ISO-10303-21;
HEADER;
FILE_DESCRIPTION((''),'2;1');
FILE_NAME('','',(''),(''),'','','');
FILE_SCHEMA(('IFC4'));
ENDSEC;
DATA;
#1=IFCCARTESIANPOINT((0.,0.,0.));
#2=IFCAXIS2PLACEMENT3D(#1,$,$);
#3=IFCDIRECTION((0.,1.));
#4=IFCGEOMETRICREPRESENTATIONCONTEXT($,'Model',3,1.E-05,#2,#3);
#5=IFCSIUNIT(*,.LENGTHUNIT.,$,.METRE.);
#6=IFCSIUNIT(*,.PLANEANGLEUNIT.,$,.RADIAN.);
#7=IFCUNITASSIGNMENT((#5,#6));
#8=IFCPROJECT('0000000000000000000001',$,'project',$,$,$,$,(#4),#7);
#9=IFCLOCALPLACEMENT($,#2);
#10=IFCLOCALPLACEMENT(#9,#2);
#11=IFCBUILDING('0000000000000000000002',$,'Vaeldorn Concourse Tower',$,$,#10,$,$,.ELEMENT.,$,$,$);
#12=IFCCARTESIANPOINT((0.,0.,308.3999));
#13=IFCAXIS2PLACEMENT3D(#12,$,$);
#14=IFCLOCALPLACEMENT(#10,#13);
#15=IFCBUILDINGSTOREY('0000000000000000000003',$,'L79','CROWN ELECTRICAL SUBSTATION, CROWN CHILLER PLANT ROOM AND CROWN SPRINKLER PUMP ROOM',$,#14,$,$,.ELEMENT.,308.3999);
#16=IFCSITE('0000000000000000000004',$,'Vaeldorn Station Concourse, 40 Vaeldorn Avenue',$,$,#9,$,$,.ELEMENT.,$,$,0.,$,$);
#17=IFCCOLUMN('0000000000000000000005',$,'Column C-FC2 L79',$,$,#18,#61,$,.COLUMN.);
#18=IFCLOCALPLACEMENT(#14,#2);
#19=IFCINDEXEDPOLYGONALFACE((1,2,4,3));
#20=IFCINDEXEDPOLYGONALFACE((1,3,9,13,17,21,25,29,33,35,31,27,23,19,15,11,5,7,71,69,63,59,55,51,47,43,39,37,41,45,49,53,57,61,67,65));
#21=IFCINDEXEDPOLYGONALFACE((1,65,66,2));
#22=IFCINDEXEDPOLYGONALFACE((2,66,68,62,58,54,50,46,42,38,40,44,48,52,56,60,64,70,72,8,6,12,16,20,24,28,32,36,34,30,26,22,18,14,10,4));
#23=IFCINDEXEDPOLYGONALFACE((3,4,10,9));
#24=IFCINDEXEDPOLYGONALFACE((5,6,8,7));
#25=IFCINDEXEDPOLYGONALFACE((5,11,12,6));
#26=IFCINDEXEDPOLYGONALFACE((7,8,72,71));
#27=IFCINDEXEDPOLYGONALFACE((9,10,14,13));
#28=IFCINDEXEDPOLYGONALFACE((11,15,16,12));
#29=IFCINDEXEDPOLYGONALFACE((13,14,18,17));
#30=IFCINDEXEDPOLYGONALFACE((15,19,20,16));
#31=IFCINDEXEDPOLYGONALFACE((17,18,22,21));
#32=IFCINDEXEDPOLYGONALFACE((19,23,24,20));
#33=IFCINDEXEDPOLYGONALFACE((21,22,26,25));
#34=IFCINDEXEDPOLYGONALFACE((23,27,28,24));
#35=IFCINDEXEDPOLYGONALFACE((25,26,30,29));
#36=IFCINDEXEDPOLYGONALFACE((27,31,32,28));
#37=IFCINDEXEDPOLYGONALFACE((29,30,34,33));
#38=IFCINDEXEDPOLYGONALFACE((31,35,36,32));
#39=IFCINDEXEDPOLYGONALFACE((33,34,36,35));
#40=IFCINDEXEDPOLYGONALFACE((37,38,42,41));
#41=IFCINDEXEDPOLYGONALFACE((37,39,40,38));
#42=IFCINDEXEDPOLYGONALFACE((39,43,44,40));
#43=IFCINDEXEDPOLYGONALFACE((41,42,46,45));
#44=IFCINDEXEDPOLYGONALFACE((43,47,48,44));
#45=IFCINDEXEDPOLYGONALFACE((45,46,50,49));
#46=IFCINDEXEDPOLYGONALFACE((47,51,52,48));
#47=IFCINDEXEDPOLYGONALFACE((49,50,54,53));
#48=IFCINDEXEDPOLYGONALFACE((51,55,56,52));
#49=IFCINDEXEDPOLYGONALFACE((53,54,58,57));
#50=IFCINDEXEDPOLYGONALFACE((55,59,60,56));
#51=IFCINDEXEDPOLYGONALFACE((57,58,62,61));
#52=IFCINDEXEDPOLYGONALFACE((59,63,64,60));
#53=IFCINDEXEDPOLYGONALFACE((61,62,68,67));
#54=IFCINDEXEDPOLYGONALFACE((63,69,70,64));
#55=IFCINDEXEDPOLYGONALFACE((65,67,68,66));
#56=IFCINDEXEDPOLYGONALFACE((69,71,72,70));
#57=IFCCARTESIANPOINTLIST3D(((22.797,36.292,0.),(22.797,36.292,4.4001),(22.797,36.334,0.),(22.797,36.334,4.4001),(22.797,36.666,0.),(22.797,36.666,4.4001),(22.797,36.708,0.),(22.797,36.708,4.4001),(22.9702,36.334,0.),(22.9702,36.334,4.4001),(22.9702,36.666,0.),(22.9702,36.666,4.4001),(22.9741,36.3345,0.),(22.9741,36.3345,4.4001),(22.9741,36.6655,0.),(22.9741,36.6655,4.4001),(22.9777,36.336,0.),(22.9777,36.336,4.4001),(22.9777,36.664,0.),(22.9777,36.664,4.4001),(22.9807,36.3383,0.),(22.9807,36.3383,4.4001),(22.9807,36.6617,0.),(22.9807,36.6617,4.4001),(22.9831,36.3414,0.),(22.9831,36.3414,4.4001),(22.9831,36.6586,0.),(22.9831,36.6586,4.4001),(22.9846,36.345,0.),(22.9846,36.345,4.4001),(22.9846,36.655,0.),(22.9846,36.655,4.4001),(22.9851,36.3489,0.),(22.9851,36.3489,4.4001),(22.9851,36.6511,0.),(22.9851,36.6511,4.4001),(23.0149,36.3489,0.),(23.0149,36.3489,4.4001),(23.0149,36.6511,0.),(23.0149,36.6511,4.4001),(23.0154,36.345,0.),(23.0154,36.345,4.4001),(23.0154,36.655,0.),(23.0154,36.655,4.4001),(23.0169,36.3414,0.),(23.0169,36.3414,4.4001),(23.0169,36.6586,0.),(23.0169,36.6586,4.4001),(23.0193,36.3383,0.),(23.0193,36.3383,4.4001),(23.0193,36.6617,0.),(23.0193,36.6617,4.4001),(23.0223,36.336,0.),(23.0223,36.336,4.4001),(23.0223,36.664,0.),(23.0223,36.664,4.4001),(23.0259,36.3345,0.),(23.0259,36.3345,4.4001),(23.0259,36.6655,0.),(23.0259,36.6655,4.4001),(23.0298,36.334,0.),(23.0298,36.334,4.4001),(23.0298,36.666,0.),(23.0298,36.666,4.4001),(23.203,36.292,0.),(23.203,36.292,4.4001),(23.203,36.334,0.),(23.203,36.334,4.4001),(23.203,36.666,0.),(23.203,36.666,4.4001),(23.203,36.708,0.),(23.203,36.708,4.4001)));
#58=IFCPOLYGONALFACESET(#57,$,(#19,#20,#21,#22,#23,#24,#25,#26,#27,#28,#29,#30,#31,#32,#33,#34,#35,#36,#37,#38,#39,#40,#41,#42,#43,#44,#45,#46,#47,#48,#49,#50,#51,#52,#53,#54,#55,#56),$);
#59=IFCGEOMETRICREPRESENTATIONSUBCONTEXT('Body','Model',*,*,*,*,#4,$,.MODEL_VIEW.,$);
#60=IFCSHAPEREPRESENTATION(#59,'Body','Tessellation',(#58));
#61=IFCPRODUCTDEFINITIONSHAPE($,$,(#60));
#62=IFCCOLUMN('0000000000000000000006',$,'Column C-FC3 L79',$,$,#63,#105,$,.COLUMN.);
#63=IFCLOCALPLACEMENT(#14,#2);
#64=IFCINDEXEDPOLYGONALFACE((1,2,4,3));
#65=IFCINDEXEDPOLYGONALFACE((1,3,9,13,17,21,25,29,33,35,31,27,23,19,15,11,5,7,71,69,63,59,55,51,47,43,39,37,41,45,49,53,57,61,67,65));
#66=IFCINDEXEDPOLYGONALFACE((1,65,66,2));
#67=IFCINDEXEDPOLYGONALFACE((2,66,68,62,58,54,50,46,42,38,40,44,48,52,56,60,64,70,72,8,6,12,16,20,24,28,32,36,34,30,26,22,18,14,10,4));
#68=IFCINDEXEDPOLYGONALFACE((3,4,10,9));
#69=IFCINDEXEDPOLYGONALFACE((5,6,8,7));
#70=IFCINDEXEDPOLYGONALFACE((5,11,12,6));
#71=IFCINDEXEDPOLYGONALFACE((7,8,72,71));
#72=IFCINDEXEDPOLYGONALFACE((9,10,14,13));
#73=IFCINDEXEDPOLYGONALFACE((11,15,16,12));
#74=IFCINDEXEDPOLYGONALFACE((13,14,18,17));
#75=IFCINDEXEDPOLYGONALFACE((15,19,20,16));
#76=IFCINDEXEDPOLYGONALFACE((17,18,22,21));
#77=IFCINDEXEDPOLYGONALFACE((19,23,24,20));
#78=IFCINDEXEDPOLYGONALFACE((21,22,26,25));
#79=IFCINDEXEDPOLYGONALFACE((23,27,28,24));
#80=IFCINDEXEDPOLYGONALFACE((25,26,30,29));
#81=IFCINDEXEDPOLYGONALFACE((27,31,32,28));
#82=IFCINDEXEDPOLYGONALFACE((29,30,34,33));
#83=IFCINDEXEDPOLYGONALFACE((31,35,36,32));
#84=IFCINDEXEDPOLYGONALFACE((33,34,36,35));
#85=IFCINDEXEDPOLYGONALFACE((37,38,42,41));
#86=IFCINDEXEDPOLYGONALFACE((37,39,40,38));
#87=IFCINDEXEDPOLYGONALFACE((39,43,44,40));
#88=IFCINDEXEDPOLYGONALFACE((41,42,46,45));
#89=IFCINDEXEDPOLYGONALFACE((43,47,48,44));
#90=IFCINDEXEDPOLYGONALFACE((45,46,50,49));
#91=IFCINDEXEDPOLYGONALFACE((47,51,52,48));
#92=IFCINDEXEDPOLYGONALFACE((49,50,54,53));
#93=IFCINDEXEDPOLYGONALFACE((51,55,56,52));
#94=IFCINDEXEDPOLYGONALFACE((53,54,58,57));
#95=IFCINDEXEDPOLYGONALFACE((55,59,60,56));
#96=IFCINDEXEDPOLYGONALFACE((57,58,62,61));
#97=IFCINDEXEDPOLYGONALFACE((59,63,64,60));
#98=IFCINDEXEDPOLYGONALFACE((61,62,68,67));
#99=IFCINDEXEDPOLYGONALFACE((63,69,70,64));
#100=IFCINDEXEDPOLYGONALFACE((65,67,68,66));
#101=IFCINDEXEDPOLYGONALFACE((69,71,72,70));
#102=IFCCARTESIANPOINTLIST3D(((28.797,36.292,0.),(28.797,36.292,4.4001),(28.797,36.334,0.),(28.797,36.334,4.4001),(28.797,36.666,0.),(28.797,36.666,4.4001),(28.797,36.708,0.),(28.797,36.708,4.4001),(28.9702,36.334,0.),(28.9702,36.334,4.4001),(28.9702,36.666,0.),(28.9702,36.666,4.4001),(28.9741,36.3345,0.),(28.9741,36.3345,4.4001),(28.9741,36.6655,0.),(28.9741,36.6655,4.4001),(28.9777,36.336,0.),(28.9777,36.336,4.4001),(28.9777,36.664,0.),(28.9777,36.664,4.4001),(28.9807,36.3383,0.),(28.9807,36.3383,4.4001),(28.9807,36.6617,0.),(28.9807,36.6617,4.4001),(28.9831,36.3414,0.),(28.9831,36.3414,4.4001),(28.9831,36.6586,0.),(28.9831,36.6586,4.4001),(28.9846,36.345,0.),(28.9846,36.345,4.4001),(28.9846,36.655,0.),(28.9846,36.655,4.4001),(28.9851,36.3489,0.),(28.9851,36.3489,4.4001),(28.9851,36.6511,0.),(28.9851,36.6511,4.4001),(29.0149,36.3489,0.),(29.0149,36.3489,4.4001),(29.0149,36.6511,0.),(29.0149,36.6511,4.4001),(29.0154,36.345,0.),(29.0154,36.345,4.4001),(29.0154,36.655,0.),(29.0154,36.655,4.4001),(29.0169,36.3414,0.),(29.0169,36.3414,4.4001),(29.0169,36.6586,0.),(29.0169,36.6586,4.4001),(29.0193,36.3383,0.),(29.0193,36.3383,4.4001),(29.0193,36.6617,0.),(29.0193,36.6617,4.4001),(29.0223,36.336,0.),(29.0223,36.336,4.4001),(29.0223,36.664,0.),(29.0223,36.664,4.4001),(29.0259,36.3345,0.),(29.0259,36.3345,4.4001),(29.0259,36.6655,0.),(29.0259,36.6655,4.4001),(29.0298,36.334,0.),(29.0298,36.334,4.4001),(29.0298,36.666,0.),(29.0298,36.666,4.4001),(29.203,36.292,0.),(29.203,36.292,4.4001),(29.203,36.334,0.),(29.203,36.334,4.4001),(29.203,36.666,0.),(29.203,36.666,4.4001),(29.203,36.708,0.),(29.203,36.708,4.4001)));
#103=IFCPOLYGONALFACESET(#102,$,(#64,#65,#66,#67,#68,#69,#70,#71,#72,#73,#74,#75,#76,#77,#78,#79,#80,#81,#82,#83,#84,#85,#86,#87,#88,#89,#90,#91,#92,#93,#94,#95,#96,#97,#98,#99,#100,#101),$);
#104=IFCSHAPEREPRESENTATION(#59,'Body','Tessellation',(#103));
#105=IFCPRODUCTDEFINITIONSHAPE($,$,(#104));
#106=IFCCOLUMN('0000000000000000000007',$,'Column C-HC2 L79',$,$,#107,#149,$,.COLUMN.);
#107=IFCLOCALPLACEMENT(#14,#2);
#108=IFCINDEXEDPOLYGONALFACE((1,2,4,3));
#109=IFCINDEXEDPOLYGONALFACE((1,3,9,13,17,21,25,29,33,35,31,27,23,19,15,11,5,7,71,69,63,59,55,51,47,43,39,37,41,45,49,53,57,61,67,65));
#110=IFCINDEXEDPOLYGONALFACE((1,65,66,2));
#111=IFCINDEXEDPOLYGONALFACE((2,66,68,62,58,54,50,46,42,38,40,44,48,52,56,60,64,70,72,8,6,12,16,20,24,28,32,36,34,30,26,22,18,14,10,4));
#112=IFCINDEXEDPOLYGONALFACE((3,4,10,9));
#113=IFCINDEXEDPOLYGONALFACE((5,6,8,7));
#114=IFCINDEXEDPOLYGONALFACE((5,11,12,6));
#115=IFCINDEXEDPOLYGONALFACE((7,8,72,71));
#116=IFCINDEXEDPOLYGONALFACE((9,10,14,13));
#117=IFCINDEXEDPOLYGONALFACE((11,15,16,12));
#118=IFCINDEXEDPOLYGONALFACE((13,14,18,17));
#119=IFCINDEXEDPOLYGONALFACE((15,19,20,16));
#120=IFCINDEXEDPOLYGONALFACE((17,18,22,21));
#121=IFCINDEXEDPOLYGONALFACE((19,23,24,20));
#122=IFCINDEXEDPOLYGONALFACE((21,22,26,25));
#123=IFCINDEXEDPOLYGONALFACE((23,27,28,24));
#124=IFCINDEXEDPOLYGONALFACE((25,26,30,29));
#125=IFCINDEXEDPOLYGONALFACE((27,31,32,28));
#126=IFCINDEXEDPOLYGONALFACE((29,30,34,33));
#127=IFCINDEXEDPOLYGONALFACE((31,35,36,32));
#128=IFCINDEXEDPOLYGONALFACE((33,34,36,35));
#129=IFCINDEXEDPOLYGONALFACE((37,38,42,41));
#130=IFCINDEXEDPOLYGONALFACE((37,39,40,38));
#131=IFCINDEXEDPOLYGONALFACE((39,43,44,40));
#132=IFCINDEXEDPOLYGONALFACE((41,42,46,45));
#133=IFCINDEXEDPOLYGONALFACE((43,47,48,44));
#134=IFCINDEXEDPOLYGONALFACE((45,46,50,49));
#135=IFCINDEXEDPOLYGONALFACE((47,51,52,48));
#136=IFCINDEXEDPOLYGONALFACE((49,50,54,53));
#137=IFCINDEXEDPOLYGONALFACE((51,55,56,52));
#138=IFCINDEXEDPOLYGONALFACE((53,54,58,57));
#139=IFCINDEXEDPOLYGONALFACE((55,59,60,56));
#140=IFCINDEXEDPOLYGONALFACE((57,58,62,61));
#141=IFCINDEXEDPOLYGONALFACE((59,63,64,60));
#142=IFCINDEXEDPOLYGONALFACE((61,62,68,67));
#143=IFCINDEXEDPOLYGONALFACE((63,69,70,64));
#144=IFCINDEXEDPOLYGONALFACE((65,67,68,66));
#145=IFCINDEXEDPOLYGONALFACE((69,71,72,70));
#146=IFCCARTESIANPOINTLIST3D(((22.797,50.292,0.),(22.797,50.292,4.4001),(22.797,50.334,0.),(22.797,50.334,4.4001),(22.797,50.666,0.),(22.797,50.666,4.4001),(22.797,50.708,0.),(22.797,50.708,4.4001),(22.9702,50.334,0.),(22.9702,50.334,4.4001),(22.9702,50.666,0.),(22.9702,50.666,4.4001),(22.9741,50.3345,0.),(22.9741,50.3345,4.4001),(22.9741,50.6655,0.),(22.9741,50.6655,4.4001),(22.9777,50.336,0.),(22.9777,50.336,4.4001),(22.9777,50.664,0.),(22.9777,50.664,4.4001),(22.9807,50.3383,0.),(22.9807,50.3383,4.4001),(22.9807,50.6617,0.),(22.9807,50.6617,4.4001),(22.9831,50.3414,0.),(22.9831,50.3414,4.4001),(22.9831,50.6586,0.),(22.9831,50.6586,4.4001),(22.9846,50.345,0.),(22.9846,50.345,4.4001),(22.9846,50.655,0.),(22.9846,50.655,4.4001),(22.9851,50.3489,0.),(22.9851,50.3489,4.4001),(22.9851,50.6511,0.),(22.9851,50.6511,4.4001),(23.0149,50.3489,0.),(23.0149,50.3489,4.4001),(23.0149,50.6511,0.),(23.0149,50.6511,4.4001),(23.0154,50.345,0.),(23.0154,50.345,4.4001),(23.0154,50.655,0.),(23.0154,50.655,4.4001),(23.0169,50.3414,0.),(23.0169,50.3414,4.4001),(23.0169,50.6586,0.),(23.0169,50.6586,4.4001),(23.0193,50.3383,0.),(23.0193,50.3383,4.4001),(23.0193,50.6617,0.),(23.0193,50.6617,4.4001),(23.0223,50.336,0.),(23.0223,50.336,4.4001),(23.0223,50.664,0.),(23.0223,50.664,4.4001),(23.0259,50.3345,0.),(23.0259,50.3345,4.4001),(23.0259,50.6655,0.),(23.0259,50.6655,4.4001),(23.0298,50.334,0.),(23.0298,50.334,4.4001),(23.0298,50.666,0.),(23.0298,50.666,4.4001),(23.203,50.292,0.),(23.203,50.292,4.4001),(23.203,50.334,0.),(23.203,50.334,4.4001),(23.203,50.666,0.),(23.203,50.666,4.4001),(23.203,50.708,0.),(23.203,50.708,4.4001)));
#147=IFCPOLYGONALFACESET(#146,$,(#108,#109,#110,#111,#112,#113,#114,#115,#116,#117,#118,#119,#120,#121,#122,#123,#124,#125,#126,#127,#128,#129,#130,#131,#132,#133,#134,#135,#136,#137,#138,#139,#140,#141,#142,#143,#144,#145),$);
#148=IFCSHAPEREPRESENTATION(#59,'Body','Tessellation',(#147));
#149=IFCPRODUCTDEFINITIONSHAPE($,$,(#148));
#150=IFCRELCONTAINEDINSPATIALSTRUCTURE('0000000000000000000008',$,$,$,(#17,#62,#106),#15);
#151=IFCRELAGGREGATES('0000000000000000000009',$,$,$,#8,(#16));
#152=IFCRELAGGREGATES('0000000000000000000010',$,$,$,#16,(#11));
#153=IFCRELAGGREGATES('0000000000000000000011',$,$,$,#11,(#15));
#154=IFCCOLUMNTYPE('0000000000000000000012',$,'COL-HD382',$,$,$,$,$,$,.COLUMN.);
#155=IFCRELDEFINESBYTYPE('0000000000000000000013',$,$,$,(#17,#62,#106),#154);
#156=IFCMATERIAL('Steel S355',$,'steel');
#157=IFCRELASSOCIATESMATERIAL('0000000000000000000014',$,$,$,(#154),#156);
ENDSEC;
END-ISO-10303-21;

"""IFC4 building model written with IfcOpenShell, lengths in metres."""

from ifc_helpers import new_model, si_unit, direction, frame, origin, origin_2d, place, context, subcontext, project, spatial, i_section, extrude, source, transform, mapped, material, material_profile, profile_set, type_object, element, save


model = new_model("IFC4")

# Units and contexts
model_context = context("Model", 3, precision=1e-05, world=origin(), true_north=direction((0.0, 1.0)))
body_context = subcontext(model_context, "Body", "Model", "MODEL_VIEW")
ifc_project = project(units=[si_unit("LENGTHUNIT", "METRE"), si_unit("PLANEANGLEUNIT", "RADIAN")], contexts=[model_context])

# Site, building, storey
site_placement = place(None, origin())
site = spatial("IfcSite", under=ifc_project, at=site_placement, Name="Vaeldorn Station Concourse, 40 Vaeldorn Avenue", CompositionType="ELEMENT", RefElevation=0.0)
building_placement = place(site_placement, origin())
building = spatial("IfcBuilding", under=site, at=building_placement, Name="Vaeldorn Concourse Tower", CompositionType="ELEMENT")
storey_placement = place(building_placement, frame((0.0, 0.0, 308.3999)))
storey = spatial("IfcBuildingStorey", under=building, at=storey_placement, Name="L79", Description="CROWN ELECTRICAL SUBSTATION, CROWN CHILLER PLANT ROOM AND CROWN SPRINKLER PUMP ROOM", CompositionType="ELEMENT", Elevation=308.3999)

# Columns
ifc_material_1 = material(Name="Steel S355", Category="steel")
ifc_material_profile_1 = material_profile(ifc_material_1, i_section(OverallWidth=0.406, OverallDepth=0.416, WebThickness=0.0298, FlangeThickness=0.042, FilletRadius=0.0149, at=origin_2d()), Name="HD 400x382")
ifc_profile_set_1 = profile_set([ifc_material_profile_1], Name="Steel S355")
column_type = type_object("IfcColumnType", Name="COL-HD382", PredefinedType="COLUMN", material=ifc_profile_set_1)
shared_shape_1 = source(origin(), body_context, "Body", "SweptSolid", [
    extrude(i_section(OverallWidth=0.406, OverallDepth=0.416, WebThickness=0.0298, FlangeThickness=0.042, FilletRadius=0.0149, at=origin_2d()), origin(), (0.0, 0.0, 1.0), 4.4001),
])
for number, where, z_axis, x_axis, name in (
    (1, (23.0, 36.5, 0.0), (0.0, 0.0, 1.0), (1.0, 0.0, 0.0), "Column C-FC2 L79"),
    (2, (29.0, 36.5, 0.0), (0.0, 0.0, 1.0), (1.0, 0.0, 0.0), "Column C-FC3 L79"),
    (3, (23.0, 50.5, 0.0), (0.0, 0.0, 1.0), (1.0, 0.0, 0.0), "Column C-HC2 L79"),
):
    element("IfcColumn", number, at=place(storey_placement, frame(where, z_axis=z_axis, x_axis=x_axis)), inside=storey, type_object=column_type, Name=name, PredefinedType="COLUMN", context=body_context, shape_type="MappedRepresentation", body=[
        mapped(shared_shape_1, transform((0.0, 0.0, 0.0), scale=1.0)),
    ])

save(model, "model.ifc")
